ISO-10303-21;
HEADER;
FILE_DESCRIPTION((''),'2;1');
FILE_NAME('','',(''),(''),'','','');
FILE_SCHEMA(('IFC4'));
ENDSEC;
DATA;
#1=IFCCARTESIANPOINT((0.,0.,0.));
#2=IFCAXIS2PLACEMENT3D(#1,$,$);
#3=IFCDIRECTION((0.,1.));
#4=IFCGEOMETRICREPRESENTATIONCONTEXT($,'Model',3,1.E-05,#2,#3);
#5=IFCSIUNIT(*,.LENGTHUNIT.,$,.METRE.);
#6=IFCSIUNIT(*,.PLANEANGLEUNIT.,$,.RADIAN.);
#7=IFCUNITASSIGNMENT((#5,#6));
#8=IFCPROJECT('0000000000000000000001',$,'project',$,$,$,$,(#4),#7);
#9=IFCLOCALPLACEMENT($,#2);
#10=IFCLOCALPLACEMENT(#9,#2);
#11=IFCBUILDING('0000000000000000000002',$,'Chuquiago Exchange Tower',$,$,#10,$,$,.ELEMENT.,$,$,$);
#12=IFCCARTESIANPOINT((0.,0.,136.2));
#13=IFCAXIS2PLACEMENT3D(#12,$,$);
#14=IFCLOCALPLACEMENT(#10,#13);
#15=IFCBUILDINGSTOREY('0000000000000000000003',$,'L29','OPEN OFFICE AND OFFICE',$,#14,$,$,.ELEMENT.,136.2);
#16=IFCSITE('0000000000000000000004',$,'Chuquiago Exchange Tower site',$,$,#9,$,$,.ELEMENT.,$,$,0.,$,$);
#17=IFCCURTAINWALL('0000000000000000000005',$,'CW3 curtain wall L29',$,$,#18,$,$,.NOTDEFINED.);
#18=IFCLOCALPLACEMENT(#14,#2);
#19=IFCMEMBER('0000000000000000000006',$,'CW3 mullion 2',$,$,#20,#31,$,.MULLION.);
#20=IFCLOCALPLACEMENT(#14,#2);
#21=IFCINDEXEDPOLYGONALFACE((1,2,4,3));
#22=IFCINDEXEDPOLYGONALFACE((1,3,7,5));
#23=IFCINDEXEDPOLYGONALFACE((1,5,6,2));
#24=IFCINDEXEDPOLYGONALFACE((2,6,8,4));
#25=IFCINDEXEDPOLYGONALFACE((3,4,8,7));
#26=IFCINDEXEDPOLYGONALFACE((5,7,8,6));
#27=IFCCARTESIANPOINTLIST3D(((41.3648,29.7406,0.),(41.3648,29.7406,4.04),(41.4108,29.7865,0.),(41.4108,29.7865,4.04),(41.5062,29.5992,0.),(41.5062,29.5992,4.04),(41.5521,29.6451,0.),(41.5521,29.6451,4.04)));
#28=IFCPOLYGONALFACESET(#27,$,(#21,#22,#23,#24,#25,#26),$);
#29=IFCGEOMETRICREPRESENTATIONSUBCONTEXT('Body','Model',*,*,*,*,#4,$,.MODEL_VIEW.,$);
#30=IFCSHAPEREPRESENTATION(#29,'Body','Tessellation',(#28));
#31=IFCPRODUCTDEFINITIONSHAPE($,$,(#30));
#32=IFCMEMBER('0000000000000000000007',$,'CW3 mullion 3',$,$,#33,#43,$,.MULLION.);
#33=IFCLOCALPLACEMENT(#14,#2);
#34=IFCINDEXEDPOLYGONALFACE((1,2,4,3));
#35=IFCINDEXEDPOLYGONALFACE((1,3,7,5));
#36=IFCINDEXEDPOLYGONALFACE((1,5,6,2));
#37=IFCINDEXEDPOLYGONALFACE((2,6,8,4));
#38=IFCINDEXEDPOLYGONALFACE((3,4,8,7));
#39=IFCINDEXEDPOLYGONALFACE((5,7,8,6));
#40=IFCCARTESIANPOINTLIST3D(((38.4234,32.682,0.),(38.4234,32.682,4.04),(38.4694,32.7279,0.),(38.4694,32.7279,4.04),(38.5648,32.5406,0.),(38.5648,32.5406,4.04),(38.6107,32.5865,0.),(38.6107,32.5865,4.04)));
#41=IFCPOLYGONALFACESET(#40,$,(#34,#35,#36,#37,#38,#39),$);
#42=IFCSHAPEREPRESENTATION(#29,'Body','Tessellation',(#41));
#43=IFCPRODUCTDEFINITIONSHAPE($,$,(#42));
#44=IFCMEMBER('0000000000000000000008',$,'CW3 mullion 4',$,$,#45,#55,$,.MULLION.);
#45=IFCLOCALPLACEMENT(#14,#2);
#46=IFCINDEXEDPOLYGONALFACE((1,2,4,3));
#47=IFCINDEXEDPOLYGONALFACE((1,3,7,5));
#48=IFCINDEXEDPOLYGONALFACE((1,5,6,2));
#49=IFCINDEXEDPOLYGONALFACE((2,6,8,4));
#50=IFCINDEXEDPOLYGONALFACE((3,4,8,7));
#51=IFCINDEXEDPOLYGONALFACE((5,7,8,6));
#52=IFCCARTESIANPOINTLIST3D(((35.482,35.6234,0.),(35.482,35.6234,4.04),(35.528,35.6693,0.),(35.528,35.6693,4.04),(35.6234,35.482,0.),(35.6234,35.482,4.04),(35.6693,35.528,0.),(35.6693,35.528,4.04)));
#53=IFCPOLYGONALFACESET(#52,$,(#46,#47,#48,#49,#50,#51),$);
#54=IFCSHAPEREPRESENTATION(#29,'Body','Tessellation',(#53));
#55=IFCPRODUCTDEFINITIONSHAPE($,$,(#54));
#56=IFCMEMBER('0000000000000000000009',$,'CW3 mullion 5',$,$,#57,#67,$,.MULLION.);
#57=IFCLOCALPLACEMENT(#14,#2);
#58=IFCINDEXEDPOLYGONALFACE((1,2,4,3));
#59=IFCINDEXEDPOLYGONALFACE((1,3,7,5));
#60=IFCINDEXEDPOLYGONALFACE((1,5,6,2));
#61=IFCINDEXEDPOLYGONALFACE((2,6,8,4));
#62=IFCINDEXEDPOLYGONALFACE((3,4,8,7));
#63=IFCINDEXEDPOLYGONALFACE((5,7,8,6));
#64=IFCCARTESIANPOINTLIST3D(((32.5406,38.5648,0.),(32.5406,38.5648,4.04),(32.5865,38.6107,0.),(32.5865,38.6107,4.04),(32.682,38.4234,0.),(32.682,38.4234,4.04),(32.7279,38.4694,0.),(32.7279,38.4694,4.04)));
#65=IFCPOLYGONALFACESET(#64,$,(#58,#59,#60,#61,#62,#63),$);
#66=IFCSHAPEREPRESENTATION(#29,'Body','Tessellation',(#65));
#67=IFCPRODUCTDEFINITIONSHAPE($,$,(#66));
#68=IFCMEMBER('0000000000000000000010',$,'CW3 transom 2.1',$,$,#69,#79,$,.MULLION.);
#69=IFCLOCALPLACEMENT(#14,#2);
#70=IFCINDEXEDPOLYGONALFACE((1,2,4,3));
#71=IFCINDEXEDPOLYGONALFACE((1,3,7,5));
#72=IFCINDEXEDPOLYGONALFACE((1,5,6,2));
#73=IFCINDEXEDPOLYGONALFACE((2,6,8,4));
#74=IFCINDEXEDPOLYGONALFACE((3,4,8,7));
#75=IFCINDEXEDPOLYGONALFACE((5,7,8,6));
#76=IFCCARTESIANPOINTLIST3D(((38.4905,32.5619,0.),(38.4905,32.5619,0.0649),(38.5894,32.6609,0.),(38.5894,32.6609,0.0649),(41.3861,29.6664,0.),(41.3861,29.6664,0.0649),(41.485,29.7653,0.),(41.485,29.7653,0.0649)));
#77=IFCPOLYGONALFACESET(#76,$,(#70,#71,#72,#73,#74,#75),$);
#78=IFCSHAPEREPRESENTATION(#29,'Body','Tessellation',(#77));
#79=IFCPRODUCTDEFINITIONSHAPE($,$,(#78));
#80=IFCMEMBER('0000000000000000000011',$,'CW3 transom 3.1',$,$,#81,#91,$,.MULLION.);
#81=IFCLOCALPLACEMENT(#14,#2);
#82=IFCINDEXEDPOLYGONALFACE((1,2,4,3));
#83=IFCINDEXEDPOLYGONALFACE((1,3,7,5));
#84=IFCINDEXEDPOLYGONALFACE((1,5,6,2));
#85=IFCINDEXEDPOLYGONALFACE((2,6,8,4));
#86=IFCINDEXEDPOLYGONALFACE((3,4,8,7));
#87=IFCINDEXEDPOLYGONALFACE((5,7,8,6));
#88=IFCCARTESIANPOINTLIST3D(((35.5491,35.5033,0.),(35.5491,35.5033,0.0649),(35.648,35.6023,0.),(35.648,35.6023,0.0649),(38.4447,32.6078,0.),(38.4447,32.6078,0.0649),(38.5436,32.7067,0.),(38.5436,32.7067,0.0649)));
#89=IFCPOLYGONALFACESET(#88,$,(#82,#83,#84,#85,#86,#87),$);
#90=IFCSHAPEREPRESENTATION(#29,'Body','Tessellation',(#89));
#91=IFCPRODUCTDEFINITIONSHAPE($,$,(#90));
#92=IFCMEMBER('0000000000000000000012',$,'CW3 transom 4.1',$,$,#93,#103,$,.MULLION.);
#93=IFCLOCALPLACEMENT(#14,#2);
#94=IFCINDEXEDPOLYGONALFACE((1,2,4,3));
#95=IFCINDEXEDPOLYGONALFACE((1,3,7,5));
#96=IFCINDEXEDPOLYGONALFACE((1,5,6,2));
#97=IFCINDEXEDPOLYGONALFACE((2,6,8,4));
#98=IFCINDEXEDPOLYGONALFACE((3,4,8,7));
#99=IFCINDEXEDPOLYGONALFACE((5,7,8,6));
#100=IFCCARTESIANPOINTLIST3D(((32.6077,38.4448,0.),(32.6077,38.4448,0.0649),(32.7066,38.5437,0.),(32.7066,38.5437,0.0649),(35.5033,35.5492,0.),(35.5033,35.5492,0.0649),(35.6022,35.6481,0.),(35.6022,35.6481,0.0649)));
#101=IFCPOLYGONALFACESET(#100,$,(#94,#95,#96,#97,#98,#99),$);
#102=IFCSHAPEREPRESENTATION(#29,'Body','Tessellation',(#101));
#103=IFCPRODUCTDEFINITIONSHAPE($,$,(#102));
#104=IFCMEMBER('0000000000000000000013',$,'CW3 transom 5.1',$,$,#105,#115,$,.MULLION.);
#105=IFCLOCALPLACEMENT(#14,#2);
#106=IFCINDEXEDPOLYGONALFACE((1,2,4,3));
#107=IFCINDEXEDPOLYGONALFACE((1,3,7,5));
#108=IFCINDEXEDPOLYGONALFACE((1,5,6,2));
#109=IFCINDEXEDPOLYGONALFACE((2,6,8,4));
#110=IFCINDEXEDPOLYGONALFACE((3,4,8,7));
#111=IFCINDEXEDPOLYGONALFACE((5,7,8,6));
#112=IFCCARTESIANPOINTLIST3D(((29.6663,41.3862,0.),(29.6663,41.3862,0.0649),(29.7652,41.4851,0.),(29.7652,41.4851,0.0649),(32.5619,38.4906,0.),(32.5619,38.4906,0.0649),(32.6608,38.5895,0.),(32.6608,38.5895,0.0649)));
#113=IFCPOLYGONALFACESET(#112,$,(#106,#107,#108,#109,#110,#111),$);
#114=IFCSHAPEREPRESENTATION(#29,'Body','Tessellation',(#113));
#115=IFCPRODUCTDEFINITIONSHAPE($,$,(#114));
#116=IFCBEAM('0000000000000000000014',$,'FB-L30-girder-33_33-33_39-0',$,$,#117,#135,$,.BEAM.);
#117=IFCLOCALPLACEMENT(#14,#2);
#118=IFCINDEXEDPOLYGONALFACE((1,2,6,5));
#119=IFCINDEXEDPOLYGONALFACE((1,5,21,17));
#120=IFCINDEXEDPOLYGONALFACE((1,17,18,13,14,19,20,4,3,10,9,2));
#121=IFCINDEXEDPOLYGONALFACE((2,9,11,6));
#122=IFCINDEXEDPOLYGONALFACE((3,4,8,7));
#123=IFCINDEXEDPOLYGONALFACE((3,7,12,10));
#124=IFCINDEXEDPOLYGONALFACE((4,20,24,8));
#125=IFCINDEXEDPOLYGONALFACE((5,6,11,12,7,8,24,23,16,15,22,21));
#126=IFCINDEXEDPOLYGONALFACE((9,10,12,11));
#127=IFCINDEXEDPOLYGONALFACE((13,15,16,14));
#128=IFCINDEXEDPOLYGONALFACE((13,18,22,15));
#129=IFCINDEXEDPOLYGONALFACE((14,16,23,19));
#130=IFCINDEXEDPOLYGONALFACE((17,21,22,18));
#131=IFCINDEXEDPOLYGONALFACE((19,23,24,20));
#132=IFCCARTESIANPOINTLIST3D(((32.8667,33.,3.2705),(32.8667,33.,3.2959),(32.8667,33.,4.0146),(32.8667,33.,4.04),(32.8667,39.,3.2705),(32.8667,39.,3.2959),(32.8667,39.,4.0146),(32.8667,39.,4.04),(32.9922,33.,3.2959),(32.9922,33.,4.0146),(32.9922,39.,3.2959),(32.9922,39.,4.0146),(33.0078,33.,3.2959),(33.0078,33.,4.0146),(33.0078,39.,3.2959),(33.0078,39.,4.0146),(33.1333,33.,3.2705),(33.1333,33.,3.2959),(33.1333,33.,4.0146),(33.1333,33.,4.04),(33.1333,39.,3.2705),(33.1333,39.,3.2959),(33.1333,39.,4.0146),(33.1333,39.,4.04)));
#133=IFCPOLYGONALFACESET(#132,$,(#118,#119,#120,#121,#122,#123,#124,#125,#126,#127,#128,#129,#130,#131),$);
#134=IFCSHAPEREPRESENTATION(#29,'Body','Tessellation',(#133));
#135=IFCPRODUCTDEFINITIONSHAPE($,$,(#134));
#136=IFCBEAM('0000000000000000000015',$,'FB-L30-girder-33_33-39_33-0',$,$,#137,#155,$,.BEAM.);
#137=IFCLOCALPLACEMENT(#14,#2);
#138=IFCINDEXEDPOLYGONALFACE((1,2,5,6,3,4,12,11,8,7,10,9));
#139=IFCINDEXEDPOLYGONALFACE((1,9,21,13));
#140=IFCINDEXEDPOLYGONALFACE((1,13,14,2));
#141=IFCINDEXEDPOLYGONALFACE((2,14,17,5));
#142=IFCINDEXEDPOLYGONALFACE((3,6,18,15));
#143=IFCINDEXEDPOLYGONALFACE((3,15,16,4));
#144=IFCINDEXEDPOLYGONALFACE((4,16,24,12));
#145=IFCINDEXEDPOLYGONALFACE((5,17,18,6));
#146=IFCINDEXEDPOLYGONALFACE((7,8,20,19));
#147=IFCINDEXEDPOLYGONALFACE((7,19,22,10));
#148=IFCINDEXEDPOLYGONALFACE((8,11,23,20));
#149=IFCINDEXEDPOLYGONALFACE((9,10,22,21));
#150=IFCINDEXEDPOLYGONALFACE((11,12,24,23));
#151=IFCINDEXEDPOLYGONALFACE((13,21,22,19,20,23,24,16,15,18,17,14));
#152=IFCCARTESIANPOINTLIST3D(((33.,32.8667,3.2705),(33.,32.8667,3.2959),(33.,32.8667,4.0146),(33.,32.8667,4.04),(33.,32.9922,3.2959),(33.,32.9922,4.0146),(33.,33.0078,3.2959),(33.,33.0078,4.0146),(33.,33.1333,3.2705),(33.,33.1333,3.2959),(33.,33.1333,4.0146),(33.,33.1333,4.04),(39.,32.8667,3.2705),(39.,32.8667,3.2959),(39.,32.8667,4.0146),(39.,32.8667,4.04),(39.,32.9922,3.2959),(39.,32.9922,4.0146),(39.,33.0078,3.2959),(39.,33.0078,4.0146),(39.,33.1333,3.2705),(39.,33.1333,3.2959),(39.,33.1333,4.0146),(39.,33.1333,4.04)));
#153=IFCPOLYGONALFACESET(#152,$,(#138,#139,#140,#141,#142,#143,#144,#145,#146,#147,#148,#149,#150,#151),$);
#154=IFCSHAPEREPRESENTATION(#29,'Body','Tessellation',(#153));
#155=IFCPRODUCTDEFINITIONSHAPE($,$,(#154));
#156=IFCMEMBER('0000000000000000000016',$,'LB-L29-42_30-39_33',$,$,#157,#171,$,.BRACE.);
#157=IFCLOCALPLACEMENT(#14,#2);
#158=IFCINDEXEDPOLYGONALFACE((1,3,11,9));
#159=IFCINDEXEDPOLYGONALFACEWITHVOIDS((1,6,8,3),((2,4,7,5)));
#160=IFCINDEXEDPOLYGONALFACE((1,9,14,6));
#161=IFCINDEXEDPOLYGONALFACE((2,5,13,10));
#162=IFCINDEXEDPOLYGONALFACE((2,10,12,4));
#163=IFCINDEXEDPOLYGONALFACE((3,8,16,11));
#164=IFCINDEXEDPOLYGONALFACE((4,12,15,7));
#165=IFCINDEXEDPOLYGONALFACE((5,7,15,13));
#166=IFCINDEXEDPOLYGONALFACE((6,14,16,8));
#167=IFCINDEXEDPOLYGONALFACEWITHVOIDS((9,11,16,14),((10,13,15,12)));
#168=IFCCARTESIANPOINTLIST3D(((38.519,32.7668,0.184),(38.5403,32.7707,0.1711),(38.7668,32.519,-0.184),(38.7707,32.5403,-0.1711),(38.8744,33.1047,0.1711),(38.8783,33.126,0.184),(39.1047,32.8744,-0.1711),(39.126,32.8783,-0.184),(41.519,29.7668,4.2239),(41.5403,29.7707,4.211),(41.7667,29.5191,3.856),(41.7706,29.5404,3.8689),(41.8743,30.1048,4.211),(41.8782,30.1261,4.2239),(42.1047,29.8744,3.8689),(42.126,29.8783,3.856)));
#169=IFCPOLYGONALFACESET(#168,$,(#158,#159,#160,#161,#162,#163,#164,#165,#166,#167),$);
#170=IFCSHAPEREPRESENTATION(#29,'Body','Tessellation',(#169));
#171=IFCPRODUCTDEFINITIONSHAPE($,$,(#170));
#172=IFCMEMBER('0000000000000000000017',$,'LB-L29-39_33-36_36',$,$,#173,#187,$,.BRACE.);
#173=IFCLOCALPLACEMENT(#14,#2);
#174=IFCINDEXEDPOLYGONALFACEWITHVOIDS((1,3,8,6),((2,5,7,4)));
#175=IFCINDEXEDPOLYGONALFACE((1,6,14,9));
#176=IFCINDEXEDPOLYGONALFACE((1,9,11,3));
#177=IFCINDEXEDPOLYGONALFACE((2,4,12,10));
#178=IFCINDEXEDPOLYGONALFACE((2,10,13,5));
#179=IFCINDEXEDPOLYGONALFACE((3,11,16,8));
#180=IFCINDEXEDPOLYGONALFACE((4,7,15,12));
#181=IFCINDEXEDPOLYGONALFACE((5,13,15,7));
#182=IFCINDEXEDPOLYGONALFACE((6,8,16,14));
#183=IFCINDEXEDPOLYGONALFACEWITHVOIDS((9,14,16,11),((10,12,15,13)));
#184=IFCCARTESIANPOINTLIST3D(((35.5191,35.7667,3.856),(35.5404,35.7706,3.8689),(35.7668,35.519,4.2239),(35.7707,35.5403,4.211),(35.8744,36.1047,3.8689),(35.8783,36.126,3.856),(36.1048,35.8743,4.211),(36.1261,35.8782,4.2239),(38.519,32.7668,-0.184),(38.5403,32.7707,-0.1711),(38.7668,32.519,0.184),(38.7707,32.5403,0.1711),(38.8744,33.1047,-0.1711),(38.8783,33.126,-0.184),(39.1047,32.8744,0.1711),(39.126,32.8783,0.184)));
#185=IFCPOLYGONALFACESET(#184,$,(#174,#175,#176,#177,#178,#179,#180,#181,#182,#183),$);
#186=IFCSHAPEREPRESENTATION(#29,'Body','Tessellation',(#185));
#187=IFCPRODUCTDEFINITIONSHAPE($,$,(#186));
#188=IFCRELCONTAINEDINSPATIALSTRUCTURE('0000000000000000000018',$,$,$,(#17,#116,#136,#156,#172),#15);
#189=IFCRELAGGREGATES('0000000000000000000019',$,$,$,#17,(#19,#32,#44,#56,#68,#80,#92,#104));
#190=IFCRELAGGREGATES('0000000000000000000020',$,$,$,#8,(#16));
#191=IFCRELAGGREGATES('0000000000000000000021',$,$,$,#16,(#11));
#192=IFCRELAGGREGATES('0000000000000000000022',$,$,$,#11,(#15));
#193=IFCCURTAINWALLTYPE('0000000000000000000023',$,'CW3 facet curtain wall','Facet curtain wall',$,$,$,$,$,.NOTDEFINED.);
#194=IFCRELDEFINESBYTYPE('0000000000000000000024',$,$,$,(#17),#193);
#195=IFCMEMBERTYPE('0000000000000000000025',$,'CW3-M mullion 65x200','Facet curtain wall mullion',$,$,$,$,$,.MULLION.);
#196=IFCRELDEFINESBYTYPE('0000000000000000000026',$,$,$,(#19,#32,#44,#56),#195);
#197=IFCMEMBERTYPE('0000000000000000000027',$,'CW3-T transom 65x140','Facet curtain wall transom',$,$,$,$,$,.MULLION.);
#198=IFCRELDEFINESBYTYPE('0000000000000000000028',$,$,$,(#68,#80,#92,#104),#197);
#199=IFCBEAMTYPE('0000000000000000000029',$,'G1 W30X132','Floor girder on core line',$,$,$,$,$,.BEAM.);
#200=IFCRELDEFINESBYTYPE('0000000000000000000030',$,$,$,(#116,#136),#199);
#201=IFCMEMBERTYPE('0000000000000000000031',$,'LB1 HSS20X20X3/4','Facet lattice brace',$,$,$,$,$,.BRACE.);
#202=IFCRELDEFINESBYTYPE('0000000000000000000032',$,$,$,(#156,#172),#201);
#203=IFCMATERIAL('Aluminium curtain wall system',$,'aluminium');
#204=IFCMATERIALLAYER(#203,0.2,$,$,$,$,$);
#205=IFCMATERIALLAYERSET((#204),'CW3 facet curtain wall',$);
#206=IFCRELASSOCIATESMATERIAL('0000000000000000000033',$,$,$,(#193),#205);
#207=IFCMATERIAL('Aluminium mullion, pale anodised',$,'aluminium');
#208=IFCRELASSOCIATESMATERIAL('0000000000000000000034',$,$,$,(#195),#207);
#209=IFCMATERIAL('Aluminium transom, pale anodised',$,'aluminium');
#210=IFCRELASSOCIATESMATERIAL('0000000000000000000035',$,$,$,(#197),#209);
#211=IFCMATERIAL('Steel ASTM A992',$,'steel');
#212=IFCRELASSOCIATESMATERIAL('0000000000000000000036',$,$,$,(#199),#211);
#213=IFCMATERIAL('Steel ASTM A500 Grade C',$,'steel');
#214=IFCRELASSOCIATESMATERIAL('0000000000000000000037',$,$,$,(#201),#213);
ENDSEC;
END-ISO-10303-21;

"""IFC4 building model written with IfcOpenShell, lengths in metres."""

from ifc_helpers import new_model, si_unit, direction, frame, origin, origin_2d, place, context, subcontext, project, spatial, rectangle, hollow_rectangle, i_section, extrude, material, layer, layer_set, material_profile, profile_set, type_object, element, aggregate, save


model = new_model("IFC4")

# Units and contexts
model_context = context("Model", 3, precision=1e-05, world=origin(), true_north=direction((0.0, 1.0)))
body_context = subcontext(model_context, "Body", "Model", "MODEL_VIEW")
ifc_project = project(units=[si_unit("LENGTHUNIT", "METRE"), si_unit("PLANEANGLEUNIT", "RADIAN")], contexts=[model_context])

# Site, building, storey
site_placement = place(None, origin())
site = spatial("IfcSite", under=ifc_project, at=site_placement, Name="Chuquiago Exchange Tower site", CompositionType="ELEMENT", RefElevation=0.0)
building_placement = place(site_placement, origin())
building = spatial("IfcBuilding", under=site, at=building_placement, Name="Chuquiago Exchange Tower", CompositionType="ELEMENT")
storey_placement = place(building_placement, frame((0.0, 0.0, 136.2)))
storey = spatial("IfcBuildingStorey", under=building, at=storey_placement, Name="L29", Description="OPEN OFFICE AND OFFICE", CompositionType="ELEMENT", Elevation=136.2)

# Curtain wall, members
ifc_material_1 = material(Name="Aluminium curtain wall system", Category="aluminium")
ifc_layer_1 = layer(ifc_material_1, 0.2)
ifc_layer_set_1 = layer_set([ifc_layer_1], Name="CW3 facet curtain wall")
curtain_wall_type = type_object("IfcCurtainWallType", Name="CW3 facet curtain wall", Description="Facet curtain wall", PredefinedType="NOTDEFINED", material=ifc_layer_set_1)
curtain_wall_placement = place(storey_placement, origin())
curtain_wall = element("IfcCurtainWall", 1, at=curtain_wall_placement, inside=storey, type_object=curtain_wall_type, Name="CW3 curtain wall L29", PredefinedType="NOTDEFINED")
ifc_material_2 = material(Name="Aluminium mullion, pale anodised", Category="aluminium")
ifc_material_profile_1 = material_profile(ifc_material_2, rectangle(XDim=0.0649, YDim=0.2, at=origin_2d()), Name="AL 65x200")
ifc_profile_set_1 = profile_set([ifc_material_profile_1], Name="Aluminium mullion, pale anodised")
member_type_1 = type_object("IfcMemberType", Name="CW3-M mullion 65x200", Description="Facet curtain wall mullion", PredefinedType="MULLION", material=ifc_profile_set_1)
member_1_placement = place(storey_placement, frame((41.4585, 29.6929, 0.0), z_axis=(0.0, 0.0, 1.0), x_axis=(-0.707107, -0.707107, 0.0)))
member_1 = element("IfcMember", 2, at=member_1_placement, type_object=member_type_1, Name="CW3 mullion 2", PredefinedType="MULLION", context=body_context, shape_type="SweptSolid", body=[
    extrude(rectangle(XDim=0.0649, YDim=0.2, at=origin_2d()), origin(), (0.0, 0.0, 1.0), 4.04),
])
member_2_placement = place(storey_placement, frame((38.5171, 32.6343, 0.0), z_axis=(0.0, 0.0, 1.0), x_axis=(-0.707107, -0.707107, 0.0)))
member_2 = element("IfcMember", 3, at=member_2_placement, type_object=member_type_1, Name="CW3 mullion 3", PredefinedType="MULLION", context=body_context, shape_type="SweptSolid", body=[
    extrude(rectangle(XDim=0.0649, YDim=0.2, at=origin_2d()), origin(), (0.0, 0.0, 1.0), 4.04),
])
member_3_placement = place(storey_placement, frame((35.5757, 35.5757, 0.0), z_axis=(0.0, 0.0, 1.0), x_axis=(-0.707107, -0.707107, 0.0)))
member_3 = element("IfcMember", 4, at=member_3_placement, type_object=member_type_1, Name="CW3 mullion 4", PredefinedType="MULLION", context=body_context, shape_type="SweptSolid", body=[
    extrude(rectangle(XDim=0.0649, YDim=0.2, at=origin_2d()), origin(), (0.0, 0.0, 1.0), 4.04),
])
member_4_placement = place(storey_placement, frame((32.6343, 38.5171, 0.0), z_axis=(0.0, 0.0, 1.0), x_axis=(-0.707107, -0.707107, 0.0)))
member_4 = element("IfcMember", 5, at=member_4_placement, type_object=member_type_1, Name="CW3 mullion 5", PredefinedType="MULLION", context=body_context, shape_type="SweptSolid", body=[
    extrude(rectangle(XDim=0.0649, YDim=0.2, at=origin_2d()), origin(), (0.0, 0.0, 1.0), 4.04),
])
ifc_material_3 = material(Name="Aluminium transom, pale anodised", Category="aluminium")
ifc_material_profile_2 = material_profile(ifc_material_3, rectangle(XDim=0.1399, YDim=0.0649, at=origin_2d()), Name="AL 140x65")
ifc_profile_set_2 = profile_set([ifc_material_profile_2], Name="Aluminium transom, pale anodised")
member_type_2 = type_object("IfcMemberType", Name="CW3-T transom 65x140", Description="Facet curtain wall transom", PredefinedType="MULLION", material=ifc_profile_set_2)
member_5_placement = place(storey_placement, frame((41.4355, 29.7158, 0.0325), z_axis=(-0.707107, 0.707107, 0.0), x_axis=(-0.707107, -0.707107, 0.0)))
member_5 = element("IfcMember", 6, at=member_5_placement, type_object=member_type_2, Name="CW3 transom 2.1", PredefinedType="MULLION", context=body_context, shape_type="SweptSolid", body=[
    extrude(rectangle(XDim=0.1399, YDim=0.0649, at=origin_2d()), origin(), (0.0, 0.0, 1.0), 4.095),
])
member_6_placement = place(storey_placement, frame((38.4941, 32.6572, 0.0325), z_axis=(-0.707107, 0.707107, 0.0), x_axis=(-0.707107, -0.707107, 0.0)))
member_6 = element("IfcMember", 7, at=member_6_placement, type_object=member_type_2, Name="CW3 transom 3.1", PredefinedType="MULLION", context=body_context, shape_type="SweptSolid", body=[
    extrude(rectangle(XDim=0.1399, YDim=0.0649, at=origin_2d()), origin(), (0.0, 0.0, 1.0), 4.095),
])
member_7_placement = place(storey_placement, frame((35.5527, 35.5986, 0.0325), z_axis=(-0.707107, 0.707107, 0.0), x_axis=(-0.707107, -0.707107, 0.0)))
member_7 = element("IfcMember", 8, at=member_7_placement, type_object=member_type_2, Name="CW3 transom 4.1", PredefinedType="MULLION", context=body_context, shape_type="SweptSolid", body=[
    extrude(rectangle(XDim=0.1399, YDim=0.0649, at=origin_2d()), origin(), (0.0, 0.0, 1.0), 4.095),
])
member_8_placement = place(storey_placement, frame((32.6113, 38.54, 0.0325), z_axis=(-0.707107, 0.707107, 0.0), x_axis=(-0.707107, -0.707107, 0.0)))
member_8 = element("IfcMember", 9, at=member_8_placement, type_object=member_type_2, Name="CW3 transom 5.1", PredefinedType="MULLION", context=body_context, shape_type="SweptSolid", body=[
    extrude(rectangle(XDim=0.1399, YDim=0.0649, at=origin_2d()), origin(), (0.0, 0.0, 1.0), 4.095),
])

# Beams
ifc_material_4 = material(Name="Steel ASTM A992", Category="steel")
ifc_material_profile_3 = material_profile(ifc_material_4, i_section(OverallWidth=0.2666, OverallDepth=0.7695, WebThickness=0.0156, FlangeThickness=0.0254, at=origin_2d()), Name="W30X132")
ifc_profile_set_3 = profile_set([ifc_material_profile_3], Name="Steel ASTM A992")
beam_type_1 = type_object("IfcBeamType", Name="G1 W30X132", Description="Floor girder on core line", PredefinedType="BEAM", material=ifc_profile_set_3)
for number, where, z_axis, x_axis, name in (
    (10, (33.0, 33.0, 3.6553), (0.0, 1.0, 0.0), (-1.0, 0.0, 0.0), "FB-L30-girder-33_33-33_39-0"),
    (11, (33.0, 33.0, 3.6553), (1.0, 0.0, 0.0), (0.0, 1.0, 0.0), "FB-L30-girder-33_33-39_33-0"),
):
    element("IfcBeam", number, at=place(storey_placement, frame(where, z_axis=z_axis, x_axis=x_axis)), inside=storey, type_object=beam_type_1, Name=name, PredefinedType="BEAM", context=body_context, shape_type="SweptSolid", body=[
        extrude(i_section(OverallWidth=0.2666, OverallDepth=0.7695, WebThickness=0.0156, FlangeThickness=0.0254, at=origin_2d()), origin(), (0.0, 0.0, 1.0), 6.0),
    ])

# Members
ifc_material_5 = material(Name="Steel ASTM A500 Grade C", Category="steel")
ifc_material_profile_4 = material_profile(ifc_material_5, hollow_rectangle(XDim=0.5081, YDim=0.5081, WallThickness=0.0178, at=origin_2d()), Name="HSS20X20X3/4")
ifc_profile_set_4 = profile_set([ifc_material_profile_4], Name="Steel ASTM A500 Grade C")
member_type_3 = type_object("IfcMemberType", Name="LB1 HSS20X20X3/4", Description="Facet lattice brace", PredefinedType="BRACE", material=ifc_profile_set_4)
for number, where, z_axis, x_axis, name in (
    (12, (38.8225, 32.8225, 0.0), (0.512077, -0.512077, 0.689604), (0.707107, 0.707107, 0.0), "LB-L29-42_30-39_33"),
    (13, (38.8225, 32.8225, 0.0), (-0.512077, 0.512077, 0.689604), (-0.707107, -0.707107, 0.0), "LB-L29-39_33-36_36"),
):
    element("IfcMember", number, at=place(storey_placement, frame(where, z_axis=z_axis, x_axis=x_axis)), inside=storey, type_object=member_type_3, Name=name, PredefinedType="BRACE", context=body_context, shape_type="SweptSolid", body=[
        extrude(hollow_rectangle(XDim=0.5081, YDim=0.5081, WallThickness=0.0178, at=origin_2d()), origin(), (0.0, 0.0, 1.0), 5.8584),
    ])

aggregate(curtain_wall, [member_1, member_2, member_3, member_4, member_5, member_6, member_7, member_8])

save(model, "model.ifc")
